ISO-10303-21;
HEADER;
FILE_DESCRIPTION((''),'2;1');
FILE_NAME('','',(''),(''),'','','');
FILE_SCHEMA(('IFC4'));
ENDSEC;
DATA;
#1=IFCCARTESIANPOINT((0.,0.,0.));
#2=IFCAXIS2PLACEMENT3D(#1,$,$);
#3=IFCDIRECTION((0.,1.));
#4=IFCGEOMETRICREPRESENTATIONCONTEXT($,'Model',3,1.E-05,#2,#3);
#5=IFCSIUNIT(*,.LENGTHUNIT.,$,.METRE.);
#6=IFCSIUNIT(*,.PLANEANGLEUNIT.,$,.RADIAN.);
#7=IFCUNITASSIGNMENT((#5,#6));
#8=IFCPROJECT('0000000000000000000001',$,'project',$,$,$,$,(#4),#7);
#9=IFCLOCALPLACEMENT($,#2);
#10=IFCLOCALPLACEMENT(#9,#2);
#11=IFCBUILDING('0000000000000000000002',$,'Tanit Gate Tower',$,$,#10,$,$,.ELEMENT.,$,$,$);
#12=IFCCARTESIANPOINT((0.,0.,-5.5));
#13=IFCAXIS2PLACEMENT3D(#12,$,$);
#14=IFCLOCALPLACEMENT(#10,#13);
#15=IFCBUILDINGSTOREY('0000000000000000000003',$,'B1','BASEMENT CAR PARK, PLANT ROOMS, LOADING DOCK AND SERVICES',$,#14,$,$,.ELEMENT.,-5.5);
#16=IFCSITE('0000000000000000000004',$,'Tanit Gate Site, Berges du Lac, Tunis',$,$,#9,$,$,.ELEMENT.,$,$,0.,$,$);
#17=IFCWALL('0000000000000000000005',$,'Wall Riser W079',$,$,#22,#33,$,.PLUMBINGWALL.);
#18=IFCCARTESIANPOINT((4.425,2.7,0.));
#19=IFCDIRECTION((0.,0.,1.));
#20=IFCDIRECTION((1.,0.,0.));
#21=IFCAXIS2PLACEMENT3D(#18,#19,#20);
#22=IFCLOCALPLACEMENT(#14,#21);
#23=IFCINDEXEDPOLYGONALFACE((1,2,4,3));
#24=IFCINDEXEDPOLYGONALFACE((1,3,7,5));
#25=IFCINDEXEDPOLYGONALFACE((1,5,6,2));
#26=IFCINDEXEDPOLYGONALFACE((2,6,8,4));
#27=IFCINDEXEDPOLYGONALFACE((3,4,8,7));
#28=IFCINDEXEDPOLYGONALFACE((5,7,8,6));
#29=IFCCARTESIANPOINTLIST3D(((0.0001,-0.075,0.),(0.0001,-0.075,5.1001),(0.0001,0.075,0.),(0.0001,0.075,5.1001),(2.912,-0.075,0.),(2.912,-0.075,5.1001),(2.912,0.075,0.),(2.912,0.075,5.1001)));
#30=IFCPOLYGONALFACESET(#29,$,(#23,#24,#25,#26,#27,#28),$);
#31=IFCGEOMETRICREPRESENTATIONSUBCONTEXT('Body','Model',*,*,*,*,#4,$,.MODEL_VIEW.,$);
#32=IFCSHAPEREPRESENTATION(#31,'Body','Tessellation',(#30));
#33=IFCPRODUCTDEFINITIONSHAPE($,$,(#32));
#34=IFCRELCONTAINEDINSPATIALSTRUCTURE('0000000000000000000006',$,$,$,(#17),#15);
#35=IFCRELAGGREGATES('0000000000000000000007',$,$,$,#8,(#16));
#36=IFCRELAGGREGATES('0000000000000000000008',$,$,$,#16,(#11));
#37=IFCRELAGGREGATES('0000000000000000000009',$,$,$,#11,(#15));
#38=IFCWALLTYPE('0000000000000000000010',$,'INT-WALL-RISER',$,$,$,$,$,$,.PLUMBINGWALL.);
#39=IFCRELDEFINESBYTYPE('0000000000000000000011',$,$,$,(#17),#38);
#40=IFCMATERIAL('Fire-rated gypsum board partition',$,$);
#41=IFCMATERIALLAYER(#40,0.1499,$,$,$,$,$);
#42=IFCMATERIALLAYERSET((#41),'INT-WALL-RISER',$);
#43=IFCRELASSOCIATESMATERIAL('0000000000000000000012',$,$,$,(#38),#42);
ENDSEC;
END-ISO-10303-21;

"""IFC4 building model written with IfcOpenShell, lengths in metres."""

from ifc_helpers import new_model, si_unit, direction, frame, frame_2d, origin, place, context, subcontext, project, spatial, rectangle, extrude, material, layer, layer_set, type_object, element, save


model = new_model("IFC4")

# Units and contexts
model_context = context("Model", 3, precision=1e-05, world=origin(), true_north=direction((0.0, 1.0)))
body_context = subcontext(model_context, "Body", "Model", "MODEL_VIEW")
ifc_project = project(units=[si_unit("LENGTHUNIT", "METRE"), si_unit("PLANEANGLEUNIT", "RADIAN")], contexts=[model_context])

# Site, building, storey
site_placement = place(None, origin())
site = spatial("IfcSite", under=ifc_project, at=site_placement, Name="Tanit Gate Site, Berges du Lac, Tunis", CompositionType="ELEMENT", RefElevation=0.0)
building_placement = place(site_placement, origin())
building = spatial("IfcBuilding", under=site, at=building_placement, Name="Tanit Gate Tower", CompositionType="ELEMENT")
storey_placement = place(building_placement, frame((0.0, 0.0, -5.5)))
storey = spatial("IfcBuildingStorey", under=building, at=storey_placement, Name="B1", Description="BASEMENT CAR PARK, PLANT ROOMS, LOADING DOCK AND SERVICES", CompositionType="ELEMENT", Elevation=-5.5)

# Shared definitions
ifc_material_1 = material(Name="Fire-rated gypsum board partition")
ifc_layer_1 = layer(ifc_material_1, 0.1499)
ifc_layer_set_1 = layer_set([ifc_layer_1], Name="INT-WALL-RISER")
wall_type_1 = type_object("IfcWallType", Name="INT-WALL-RISER", PredefinedType="PLUMBINGWALL", material=ifc_layer_set_1)

# Wall
wall_1_placement = place(storey_placement, frame((4.425, 2.7, 0.0), z_axis=(0.0, 0.0, 1.0), x_axis=(1.0, 0.0, 0.0)))
element("IfcWall", 1, at=wall_1_placement, inside=storey, type_object=wall_type_1, Name="Wall Riser W079", PredefinedType="PLUMBINGWALL", context=body_context, shape_type="SweptSolid", body=[
    extrude(rectangle(XDim=2.9119, YDim=0.1499, at=frame_2d((1.4561, 0.0))), origin(), (0.0, 0.0, 1.0), 5.1001),
])

save(model, "model.ifc")
